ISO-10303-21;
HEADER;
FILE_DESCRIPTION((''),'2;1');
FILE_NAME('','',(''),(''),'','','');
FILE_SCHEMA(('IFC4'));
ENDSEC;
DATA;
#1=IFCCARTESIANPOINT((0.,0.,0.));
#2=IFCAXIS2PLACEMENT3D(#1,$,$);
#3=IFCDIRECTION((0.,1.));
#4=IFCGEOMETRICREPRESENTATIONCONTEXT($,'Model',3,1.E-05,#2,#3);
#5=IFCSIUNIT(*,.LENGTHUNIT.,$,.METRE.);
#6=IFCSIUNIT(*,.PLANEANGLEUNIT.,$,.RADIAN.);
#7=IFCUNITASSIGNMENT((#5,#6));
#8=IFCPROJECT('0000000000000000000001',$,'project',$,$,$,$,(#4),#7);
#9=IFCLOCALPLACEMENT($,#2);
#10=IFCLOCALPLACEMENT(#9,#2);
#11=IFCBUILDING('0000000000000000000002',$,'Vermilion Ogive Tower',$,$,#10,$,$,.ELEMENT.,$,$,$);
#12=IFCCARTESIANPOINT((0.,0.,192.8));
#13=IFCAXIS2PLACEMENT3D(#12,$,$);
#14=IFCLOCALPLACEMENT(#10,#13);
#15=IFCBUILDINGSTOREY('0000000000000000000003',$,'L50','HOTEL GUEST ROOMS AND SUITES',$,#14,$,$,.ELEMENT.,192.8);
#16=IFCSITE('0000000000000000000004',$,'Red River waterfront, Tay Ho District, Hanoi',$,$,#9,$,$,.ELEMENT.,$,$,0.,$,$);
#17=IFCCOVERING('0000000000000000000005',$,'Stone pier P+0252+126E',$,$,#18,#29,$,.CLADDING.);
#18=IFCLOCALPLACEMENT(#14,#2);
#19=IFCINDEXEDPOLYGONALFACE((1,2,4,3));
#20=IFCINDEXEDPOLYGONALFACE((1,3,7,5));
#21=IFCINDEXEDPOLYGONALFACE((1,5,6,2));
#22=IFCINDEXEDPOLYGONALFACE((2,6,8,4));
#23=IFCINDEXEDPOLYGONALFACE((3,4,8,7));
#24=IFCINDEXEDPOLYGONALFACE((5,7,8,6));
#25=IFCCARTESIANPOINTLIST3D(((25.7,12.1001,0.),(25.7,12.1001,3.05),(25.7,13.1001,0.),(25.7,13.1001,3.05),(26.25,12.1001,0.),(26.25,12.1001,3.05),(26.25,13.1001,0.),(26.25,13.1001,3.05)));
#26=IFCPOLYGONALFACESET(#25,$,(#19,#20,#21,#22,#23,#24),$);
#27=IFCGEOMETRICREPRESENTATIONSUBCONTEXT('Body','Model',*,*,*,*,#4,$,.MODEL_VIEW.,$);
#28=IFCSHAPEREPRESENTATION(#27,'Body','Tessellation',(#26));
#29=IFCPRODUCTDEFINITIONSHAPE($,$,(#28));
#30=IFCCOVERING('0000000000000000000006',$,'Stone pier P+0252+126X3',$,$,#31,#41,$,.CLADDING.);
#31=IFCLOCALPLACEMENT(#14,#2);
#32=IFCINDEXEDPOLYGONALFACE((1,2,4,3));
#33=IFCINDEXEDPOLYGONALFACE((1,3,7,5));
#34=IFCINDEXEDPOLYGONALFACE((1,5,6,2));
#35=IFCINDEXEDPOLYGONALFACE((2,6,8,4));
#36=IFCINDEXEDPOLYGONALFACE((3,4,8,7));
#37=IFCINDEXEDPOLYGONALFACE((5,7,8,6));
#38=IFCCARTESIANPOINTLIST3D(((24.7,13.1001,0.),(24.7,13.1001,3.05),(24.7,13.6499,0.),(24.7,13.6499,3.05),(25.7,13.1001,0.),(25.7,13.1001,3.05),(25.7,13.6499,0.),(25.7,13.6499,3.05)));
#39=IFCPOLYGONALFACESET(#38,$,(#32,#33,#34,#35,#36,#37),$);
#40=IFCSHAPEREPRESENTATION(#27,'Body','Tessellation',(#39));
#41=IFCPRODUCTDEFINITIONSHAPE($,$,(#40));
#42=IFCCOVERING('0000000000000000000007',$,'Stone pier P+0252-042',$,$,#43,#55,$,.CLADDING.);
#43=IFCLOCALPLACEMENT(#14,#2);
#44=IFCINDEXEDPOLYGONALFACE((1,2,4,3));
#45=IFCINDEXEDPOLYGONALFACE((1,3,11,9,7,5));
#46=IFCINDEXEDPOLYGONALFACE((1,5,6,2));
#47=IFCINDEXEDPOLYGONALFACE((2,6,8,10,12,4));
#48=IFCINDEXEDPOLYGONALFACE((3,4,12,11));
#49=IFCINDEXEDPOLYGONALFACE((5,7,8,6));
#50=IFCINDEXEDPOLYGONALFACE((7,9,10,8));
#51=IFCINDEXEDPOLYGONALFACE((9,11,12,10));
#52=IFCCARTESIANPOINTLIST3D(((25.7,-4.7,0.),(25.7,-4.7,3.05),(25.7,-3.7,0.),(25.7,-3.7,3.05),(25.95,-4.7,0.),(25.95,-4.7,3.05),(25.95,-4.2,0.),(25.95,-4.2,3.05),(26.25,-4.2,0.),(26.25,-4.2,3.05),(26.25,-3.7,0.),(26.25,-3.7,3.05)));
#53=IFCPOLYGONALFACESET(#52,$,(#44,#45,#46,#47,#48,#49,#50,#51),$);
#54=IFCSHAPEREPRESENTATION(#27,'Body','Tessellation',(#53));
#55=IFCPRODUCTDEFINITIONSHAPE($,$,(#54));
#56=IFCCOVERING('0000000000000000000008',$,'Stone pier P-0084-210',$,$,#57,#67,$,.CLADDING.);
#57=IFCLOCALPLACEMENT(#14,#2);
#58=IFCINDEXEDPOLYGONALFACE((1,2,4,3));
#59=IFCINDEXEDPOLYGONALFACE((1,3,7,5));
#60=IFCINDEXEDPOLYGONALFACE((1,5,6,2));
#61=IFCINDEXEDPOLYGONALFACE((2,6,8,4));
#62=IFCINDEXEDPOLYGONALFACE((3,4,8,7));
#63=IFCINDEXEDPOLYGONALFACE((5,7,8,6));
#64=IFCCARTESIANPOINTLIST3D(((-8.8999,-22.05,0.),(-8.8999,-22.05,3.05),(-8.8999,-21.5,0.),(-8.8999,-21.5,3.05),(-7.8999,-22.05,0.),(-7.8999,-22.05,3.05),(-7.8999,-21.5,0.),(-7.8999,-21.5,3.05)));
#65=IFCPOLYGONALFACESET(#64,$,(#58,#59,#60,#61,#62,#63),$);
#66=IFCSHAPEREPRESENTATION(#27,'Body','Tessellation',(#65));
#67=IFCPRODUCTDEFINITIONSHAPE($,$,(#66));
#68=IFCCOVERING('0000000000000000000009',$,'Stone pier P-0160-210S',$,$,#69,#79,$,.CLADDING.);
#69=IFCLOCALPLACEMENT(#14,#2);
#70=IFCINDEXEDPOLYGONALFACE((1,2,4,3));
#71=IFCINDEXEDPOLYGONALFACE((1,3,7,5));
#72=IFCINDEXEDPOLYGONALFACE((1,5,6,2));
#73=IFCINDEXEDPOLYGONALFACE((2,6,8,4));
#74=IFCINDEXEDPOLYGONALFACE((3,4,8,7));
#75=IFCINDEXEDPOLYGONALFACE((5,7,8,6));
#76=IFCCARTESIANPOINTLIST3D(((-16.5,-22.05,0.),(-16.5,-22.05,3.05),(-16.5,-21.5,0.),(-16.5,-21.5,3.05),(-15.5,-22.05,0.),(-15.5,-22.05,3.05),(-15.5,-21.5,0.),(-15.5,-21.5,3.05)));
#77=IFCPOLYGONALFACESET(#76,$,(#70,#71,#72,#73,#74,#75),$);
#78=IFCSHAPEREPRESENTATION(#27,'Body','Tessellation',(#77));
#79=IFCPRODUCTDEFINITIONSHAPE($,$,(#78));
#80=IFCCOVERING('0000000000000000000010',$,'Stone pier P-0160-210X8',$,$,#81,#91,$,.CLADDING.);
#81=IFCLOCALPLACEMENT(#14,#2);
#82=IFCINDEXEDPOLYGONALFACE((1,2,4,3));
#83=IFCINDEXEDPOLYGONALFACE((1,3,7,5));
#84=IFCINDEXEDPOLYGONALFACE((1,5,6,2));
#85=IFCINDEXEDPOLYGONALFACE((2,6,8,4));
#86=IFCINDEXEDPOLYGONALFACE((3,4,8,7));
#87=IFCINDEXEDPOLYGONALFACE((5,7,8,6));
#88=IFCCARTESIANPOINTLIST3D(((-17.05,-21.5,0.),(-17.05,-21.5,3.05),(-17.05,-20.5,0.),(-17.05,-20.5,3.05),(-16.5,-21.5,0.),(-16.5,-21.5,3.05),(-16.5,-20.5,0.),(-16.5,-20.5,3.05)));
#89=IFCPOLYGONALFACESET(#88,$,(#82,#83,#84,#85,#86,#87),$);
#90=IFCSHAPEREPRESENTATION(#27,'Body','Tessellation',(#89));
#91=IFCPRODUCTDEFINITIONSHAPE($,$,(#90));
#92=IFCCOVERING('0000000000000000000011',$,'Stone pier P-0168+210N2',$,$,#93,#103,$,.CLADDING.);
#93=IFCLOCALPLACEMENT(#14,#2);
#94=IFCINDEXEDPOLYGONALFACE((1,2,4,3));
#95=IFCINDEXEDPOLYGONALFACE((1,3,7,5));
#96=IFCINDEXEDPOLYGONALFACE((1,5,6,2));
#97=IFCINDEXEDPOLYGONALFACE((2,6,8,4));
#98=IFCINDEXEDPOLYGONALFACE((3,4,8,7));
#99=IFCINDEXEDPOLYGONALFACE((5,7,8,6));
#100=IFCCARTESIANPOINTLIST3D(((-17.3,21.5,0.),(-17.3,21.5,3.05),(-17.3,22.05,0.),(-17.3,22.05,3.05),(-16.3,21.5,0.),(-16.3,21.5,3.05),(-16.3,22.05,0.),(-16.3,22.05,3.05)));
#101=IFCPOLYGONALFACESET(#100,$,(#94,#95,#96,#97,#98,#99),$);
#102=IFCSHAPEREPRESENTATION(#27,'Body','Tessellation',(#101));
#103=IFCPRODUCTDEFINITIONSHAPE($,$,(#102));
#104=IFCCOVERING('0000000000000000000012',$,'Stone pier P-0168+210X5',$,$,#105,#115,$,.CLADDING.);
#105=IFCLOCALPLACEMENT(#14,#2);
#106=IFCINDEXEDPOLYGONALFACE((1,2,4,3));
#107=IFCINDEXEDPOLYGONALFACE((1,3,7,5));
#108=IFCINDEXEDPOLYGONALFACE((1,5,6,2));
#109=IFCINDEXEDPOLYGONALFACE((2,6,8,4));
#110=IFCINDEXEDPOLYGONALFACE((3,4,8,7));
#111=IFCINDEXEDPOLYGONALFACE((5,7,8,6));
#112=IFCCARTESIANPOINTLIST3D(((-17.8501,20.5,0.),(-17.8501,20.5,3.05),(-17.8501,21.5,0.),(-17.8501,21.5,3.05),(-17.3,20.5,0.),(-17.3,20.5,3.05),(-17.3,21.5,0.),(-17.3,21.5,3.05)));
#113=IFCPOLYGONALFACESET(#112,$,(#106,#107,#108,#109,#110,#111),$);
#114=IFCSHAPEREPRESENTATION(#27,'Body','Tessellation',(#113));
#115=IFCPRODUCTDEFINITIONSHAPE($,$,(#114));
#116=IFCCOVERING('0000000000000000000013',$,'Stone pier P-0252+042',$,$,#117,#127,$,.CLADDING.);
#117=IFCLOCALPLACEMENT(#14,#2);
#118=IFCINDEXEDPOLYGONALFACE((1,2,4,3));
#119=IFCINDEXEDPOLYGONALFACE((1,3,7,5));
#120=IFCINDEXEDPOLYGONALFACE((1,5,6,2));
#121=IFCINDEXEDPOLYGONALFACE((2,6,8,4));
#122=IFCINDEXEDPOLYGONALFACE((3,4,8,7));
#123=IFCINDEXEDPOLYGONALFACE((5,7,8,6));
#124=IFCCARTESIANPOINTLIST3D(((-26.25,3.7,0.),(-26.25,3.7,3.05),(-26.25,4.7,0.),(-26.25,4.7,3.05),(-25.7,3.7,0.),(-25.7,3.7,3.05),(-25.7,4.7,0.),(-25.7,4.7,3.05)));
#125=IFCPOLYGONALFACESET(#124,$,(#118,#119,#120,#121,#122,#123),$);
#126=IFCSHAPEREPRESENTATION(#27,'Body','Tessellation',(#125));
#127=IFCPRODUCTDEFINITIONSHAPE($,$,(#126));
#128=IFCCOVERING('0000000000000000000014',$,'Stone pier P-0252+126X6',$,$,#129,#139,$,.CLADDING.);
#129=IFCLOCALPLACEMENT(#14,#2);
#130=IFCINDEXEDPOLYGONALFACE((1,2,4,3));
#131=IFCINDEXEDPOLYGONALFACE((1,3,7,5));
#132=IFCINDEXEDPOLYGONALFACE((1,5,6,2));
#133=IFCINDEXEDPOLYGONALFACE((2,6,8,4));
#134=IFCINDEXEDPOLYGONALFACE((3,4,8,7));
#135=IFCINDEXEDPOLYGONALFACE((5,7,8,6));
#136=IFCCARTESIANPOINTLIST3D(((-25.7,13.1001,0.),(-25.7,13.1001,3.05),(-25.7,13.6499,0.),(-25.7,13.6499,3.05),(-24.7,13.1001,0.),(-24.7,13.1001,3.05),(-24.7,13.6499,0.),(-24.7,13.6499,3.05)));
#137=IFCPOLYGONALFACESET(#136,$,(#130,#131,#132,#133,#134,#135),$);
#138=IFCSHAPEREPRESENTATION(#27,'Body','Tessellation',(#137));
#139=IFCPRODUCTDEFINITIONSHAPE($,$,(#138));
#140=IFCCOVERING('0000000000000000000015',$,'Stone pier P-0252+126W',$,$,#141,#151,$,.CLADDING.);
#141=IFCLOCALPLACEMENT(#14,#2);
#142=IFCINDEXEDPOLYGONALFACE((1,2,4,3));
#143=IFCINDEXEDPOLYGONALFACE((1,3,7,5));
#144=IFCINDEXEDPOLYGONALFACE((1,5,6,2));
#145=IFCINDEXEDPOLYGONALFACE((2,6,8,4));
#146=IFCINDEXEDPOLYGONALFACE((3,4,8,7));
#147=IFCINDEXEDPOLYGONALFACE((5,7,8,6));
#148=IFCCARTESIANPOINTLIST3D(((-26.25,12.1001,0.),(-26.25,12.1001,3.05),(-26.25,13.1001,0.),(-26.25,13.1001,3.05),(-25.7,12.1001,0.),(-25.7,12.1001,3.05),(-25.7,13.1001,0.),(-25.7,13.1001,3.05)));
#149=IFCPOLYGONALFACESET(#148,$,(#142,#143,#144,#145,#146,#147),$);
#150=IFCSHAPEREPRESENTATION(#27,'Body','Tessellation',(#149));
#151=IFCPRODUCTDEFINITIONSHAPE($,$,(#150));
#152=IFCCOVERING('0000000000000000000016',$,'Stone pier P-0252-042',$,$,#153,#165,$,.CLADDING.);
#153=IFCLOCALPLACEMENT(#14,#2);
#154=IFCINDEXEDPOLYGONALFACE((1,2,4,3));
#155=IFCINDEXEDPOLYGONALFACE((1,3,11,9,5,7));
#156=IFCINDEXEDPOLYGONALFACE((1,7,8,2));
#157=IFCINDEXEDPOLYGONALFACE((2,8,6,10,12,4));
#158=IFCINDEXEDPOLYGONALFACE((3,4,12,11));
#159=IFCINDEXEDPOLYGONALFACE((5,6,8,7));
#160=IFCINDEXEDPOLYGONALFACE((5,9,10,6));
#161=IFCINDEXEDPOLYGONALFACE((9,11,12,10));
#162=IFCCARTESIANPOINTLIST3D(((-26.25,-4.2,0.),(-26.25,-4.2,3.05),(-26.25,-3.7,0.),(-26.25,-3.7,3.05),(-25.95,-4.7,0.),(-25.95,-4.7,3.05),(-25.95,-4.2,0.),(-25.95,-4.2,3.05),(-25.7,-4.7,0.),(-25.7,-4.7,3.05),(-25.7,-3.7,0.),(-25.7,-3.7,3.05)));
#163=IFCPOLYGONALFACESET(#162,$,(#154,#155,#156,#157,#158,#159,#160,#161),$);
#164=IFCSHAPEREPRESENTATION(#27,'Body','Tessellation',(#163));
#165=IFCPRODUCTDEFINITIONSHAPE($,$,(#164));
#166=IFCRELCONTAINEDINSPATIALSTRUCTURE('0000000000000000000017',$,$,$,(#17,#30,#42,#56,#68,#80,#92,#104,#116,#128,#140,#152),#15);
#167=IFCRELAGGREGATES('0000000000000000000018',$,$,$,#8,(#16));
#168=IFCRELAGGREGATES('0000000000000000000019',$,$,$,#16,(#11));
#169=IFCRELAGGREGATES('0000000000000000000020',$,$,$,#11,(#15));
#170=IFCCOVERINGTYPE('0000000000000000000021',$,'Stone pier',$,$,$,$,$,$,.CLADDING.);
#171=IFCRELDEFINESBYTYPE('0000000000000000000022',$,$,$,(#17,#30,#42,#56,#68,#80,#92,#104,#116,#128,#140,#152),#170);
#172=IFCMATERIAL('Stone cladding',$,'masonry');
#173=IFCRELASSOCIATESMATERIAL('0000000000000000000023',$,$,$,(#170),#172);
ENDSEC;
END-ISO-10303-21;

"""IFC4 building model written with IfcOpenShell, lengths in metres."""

from ifc_helpers import new_model, si_unit, direction, frame, origin, place, context, subcontext, project, spatial, polyline, outline, extrude, material, type_object, element, save


model = new_model("IFC4")

# Units and contexts
model_context = context("Model", 3, precision=1e-05, world=origin(), true_north=direction((0.0, 1.0)))
body_context = subcontext(model_context, "Body", "Model", "MODEL_VIEW")
ifc_project = project(units=[si_unit("LENGTHUNIT", "METRE"), si_unit("PLANEANGLEUNIT", "RADIAN")], contexts=[model_context])

# Site, building, storey
site_placement = place(None, origin())
site = spatial("IfcSite", under=ifc_project, at=site_placement, Name="Red River waterfront, Tay Ho District, Hanoi", CompositionType="ELEMENT", RefElevation=0.0)
building_placement = place(site_placement, origin())
building = spatial("IfcBuilding", under=site, at=building_placement, Name="Vermilion Ogive Tower", CompositionType="ELEMENT")
storey_placement = place(building_placement, frame((0.0, 0.0, 192.8)))
storey = spatial("IfcBuildingStorey", under=building, at=storey_placement, Name="L50", Description="HOTEL GUEST ROOMS AND SUITES", CompositionType="ELEMENT", Elevation=192.8)

# Coverings
ifc_material_1 = material(Name="Stone cladding", Category="masonry")
covering_type_1 = type_object("IfcCoveringType", Name="Stone pier", PredefinedType="CLADDING", material=ifc_material_1)
covering_1_placement = place(storey_placement, origin())
element("IfcCovering", 1, at=covering_1_placement, inside=storey, type_object=covering_type_1, Name="Stone pier P+0252+126E", PredefinedType="CLADDING", context=body_context, shape_type="SweptSolid", body=[
    extrude(outline(polyline([(26.25, 13.1001), (26.25, 12.1001), (25.7, 12.1001), (25.7, 13.1001), (26.25, 13.1001)])), origin(), (0.0, 0.0, 1.0), 3.05),
])
covering_2_placement = place(storey_placement, origin())
element("IfcCovering", 2, at=covering_2_placement, inside=storey, type_object=covering_type_1, Name="Stone pier P+0252+126X3", PredefinedType="CLADDING", context=body_context, shape_type="SweptSolid", body=[
    extrude(outline(polyline([(25.7, 13.6499), (25.7, 13.1001), (24.7, 13.1001), (24.7, 13.6499), (25.7, 13.6499)])), origin(), (0.0, 0.0, 1.0), 3.05),
])
covering_3_placement = place(storey_placement, origin())
element("IfcCovering", 3, at=covering_3_placement, inside=storey, type_object=covering_type_1, Name="Stone pier P+0252-042", PredefinedType="CLADDING", context=body_context, shape_type="SweptSolid", body=[
    extrude(outline(polyline([(25.7, -3.7), (26.25, -3.7), (26.25, -4.2), (25.95, -4.2), (25.95, -4.7), (25.7, -4.7), (25.7, -4.7), (25.7, -3.7)])), origin(), (0.0, 0.0, 1.0), 3.05),
])
covering_4_placement = place(storey_placement, origin())
element("IfcCovering", 4, at=covering_4_placement, inside=storey, type_object=covering_type_1, Name="Stone pier P-0084-210", PredefinedType="CLADDING", context=body_context, shape_type="SweptSolid", body=[
    extrude(outline(polyline([(-7.8999, -22.05), (-8.8999, -22.05), (-8.8999, -21.5), (-7.8999, -21.5), (-7.8999, -22.05)])), origin(), (0.0, 0.0, 1.0), 3.05),
])
covering_5_placement = place(storey_placement, origin())
element("IfcCovering", 5, at=covering_5_placement, inside=storey, type_object=covering_type_1, Name="Stone pier P-0160-210S", PredefinedType="CLADDING", context=body_context, shape_type="SweptSolid", body=[
    extrude(outline(polyline([(-15.5, -22.05), (-16.5, -22.05), (-16.5, -21.5), (-15.5, -21.5), (-15.5, -22.05)])), origin(), (0.0, 0.0, 1.0), 3.05),
])
covering_6_placement = place(storey_placement, origin())
element("IfcCovering", 6, at=covering_6_placement, inside=storey, type_object=covering_type_1, Name="Stone pier P-0160-210X8", PredefinedType="CLADDING", context=body_context, shape_type="SweptSolid", body=[
    extrude(outline(polyline([(-17.05, -20.5), (-16.5, -20.5), (-16.5, -21.5), (-17.05, -21.5), (-17.05, -20.5)])), origin(), (0.0, 0.0, 1.0), 3.05),
])
covering_7_placement = place(storey_placement, origin())
element("IfcCovering", 7, at=covering_7_placement, inside=storey, type_object=covering_type_1, Name="Stone pier P-0168+210N2", PredefinedType="CLADDING", context=body_context, shape_type="SweptSolid", body=[
    extrude(outline(polyline([(-17.3, 21.5), (-17.3, 22.05), (-16.3, 22.05), (-16.3, 21.5), (-17.3, 21.5), (-17.3, 21.5)])), origin(), (0.0, 0.0, 1.0), 3.05),
])
covering_8_placement = place(storey_placement, origin())
element("IfcCovering", 8, at=covering_8_placement, inside=storey, type_object=covering_type_1, Name="Stone pier P-0168+210X5", PredefinedType="CLADDING", context=body_context, shape_type="SweptSolid", body=[
    extrude(outline(polyline([(-17.8501, 21.5), (-17.3, 21.5), (-17.3, 21.5), (-17.3, 20.5), (-17.8501, 20.5), (-17.8501, 21.5)])), origin(), (0.0, 0.0, 1.0), 3.05),
])
covering_9_placement = place(storey_placement, origin())
element("IfcCovering", 9, at=covering_9_placement, inside=storey, type_object=covering_type_1, Name="Stone pier P-0252+042", PredefinedType="CLADDING", context=body_context, shape_type="SweptSolid", body=[
    extrude(outline(polyline([(-25.7, 3.7), (-26.25, 3.7), (-26.25, 4.7), (-25.7, 4.7), (-25.7, 4.7), (-25.7, 3.7)])), origin(), (0.0, 0.0, 1.0), 3.05),
])
covering_10_placement = place(storey_placement, origin())
element("IfcCovering", 10, at=covering_10_placement, inside=storey, type_object=covering_type_1, Name="Stone pier P-0252+126X6", PredefinedType="CLADDING", context=body_context, shape_type="SweptSolid", body=[
    extrude(outline(polyline([(-25.7, 13.1001), (-25.7, 13.6499), (-24.7, 13.6499), (-24.7, 13.1001), (-24.7, 13.1001), (-25.7, 13.1001)])), origin(), (0.0, 0.0, 1.0), 3.05),
])
covering_11_placement = place(storey_placement, origin())
element("IfcCovering", 11, at=covering_11_placement, inside=storey, type_object=covering_type_1, Name="Stone pier P-0252+126W", PredefinedType="CLADDING", context=body_context, shape_type="SweptSolid", body=[
    extrude(outline(polyline([(-26.25, 13.1001), (-25.7, 13.1001), (-25.7, 12.1001), (-26.25, 12.1001), (-26.25, 13.1001)])), origin(), (0.0, 0.0, 1.0), 3.05),
])
covering_12_placement = place(storey_placement, origin())
element("IfcCovering", 12, at=covering_12_placement, inside=storey, type_object=covering_type_1, Name="Stone pier P-0252-042", PredefinedType="CLADDING", context=body_context, shape_type="SweptSolid", body=[
    extrude(outline(polyline([(-25.7, -4.7), (-25.95, -4.7), (-25.95, -4.2), (-26.25, -4.2), (-26.25, -3.7), (-25.7, -3.7), (-25.7, -4.7), (-25.7, -4.7)])), origin(), (0.0, 0.0, 1.0), 3.05),
])

save(model, "model.ifc")
